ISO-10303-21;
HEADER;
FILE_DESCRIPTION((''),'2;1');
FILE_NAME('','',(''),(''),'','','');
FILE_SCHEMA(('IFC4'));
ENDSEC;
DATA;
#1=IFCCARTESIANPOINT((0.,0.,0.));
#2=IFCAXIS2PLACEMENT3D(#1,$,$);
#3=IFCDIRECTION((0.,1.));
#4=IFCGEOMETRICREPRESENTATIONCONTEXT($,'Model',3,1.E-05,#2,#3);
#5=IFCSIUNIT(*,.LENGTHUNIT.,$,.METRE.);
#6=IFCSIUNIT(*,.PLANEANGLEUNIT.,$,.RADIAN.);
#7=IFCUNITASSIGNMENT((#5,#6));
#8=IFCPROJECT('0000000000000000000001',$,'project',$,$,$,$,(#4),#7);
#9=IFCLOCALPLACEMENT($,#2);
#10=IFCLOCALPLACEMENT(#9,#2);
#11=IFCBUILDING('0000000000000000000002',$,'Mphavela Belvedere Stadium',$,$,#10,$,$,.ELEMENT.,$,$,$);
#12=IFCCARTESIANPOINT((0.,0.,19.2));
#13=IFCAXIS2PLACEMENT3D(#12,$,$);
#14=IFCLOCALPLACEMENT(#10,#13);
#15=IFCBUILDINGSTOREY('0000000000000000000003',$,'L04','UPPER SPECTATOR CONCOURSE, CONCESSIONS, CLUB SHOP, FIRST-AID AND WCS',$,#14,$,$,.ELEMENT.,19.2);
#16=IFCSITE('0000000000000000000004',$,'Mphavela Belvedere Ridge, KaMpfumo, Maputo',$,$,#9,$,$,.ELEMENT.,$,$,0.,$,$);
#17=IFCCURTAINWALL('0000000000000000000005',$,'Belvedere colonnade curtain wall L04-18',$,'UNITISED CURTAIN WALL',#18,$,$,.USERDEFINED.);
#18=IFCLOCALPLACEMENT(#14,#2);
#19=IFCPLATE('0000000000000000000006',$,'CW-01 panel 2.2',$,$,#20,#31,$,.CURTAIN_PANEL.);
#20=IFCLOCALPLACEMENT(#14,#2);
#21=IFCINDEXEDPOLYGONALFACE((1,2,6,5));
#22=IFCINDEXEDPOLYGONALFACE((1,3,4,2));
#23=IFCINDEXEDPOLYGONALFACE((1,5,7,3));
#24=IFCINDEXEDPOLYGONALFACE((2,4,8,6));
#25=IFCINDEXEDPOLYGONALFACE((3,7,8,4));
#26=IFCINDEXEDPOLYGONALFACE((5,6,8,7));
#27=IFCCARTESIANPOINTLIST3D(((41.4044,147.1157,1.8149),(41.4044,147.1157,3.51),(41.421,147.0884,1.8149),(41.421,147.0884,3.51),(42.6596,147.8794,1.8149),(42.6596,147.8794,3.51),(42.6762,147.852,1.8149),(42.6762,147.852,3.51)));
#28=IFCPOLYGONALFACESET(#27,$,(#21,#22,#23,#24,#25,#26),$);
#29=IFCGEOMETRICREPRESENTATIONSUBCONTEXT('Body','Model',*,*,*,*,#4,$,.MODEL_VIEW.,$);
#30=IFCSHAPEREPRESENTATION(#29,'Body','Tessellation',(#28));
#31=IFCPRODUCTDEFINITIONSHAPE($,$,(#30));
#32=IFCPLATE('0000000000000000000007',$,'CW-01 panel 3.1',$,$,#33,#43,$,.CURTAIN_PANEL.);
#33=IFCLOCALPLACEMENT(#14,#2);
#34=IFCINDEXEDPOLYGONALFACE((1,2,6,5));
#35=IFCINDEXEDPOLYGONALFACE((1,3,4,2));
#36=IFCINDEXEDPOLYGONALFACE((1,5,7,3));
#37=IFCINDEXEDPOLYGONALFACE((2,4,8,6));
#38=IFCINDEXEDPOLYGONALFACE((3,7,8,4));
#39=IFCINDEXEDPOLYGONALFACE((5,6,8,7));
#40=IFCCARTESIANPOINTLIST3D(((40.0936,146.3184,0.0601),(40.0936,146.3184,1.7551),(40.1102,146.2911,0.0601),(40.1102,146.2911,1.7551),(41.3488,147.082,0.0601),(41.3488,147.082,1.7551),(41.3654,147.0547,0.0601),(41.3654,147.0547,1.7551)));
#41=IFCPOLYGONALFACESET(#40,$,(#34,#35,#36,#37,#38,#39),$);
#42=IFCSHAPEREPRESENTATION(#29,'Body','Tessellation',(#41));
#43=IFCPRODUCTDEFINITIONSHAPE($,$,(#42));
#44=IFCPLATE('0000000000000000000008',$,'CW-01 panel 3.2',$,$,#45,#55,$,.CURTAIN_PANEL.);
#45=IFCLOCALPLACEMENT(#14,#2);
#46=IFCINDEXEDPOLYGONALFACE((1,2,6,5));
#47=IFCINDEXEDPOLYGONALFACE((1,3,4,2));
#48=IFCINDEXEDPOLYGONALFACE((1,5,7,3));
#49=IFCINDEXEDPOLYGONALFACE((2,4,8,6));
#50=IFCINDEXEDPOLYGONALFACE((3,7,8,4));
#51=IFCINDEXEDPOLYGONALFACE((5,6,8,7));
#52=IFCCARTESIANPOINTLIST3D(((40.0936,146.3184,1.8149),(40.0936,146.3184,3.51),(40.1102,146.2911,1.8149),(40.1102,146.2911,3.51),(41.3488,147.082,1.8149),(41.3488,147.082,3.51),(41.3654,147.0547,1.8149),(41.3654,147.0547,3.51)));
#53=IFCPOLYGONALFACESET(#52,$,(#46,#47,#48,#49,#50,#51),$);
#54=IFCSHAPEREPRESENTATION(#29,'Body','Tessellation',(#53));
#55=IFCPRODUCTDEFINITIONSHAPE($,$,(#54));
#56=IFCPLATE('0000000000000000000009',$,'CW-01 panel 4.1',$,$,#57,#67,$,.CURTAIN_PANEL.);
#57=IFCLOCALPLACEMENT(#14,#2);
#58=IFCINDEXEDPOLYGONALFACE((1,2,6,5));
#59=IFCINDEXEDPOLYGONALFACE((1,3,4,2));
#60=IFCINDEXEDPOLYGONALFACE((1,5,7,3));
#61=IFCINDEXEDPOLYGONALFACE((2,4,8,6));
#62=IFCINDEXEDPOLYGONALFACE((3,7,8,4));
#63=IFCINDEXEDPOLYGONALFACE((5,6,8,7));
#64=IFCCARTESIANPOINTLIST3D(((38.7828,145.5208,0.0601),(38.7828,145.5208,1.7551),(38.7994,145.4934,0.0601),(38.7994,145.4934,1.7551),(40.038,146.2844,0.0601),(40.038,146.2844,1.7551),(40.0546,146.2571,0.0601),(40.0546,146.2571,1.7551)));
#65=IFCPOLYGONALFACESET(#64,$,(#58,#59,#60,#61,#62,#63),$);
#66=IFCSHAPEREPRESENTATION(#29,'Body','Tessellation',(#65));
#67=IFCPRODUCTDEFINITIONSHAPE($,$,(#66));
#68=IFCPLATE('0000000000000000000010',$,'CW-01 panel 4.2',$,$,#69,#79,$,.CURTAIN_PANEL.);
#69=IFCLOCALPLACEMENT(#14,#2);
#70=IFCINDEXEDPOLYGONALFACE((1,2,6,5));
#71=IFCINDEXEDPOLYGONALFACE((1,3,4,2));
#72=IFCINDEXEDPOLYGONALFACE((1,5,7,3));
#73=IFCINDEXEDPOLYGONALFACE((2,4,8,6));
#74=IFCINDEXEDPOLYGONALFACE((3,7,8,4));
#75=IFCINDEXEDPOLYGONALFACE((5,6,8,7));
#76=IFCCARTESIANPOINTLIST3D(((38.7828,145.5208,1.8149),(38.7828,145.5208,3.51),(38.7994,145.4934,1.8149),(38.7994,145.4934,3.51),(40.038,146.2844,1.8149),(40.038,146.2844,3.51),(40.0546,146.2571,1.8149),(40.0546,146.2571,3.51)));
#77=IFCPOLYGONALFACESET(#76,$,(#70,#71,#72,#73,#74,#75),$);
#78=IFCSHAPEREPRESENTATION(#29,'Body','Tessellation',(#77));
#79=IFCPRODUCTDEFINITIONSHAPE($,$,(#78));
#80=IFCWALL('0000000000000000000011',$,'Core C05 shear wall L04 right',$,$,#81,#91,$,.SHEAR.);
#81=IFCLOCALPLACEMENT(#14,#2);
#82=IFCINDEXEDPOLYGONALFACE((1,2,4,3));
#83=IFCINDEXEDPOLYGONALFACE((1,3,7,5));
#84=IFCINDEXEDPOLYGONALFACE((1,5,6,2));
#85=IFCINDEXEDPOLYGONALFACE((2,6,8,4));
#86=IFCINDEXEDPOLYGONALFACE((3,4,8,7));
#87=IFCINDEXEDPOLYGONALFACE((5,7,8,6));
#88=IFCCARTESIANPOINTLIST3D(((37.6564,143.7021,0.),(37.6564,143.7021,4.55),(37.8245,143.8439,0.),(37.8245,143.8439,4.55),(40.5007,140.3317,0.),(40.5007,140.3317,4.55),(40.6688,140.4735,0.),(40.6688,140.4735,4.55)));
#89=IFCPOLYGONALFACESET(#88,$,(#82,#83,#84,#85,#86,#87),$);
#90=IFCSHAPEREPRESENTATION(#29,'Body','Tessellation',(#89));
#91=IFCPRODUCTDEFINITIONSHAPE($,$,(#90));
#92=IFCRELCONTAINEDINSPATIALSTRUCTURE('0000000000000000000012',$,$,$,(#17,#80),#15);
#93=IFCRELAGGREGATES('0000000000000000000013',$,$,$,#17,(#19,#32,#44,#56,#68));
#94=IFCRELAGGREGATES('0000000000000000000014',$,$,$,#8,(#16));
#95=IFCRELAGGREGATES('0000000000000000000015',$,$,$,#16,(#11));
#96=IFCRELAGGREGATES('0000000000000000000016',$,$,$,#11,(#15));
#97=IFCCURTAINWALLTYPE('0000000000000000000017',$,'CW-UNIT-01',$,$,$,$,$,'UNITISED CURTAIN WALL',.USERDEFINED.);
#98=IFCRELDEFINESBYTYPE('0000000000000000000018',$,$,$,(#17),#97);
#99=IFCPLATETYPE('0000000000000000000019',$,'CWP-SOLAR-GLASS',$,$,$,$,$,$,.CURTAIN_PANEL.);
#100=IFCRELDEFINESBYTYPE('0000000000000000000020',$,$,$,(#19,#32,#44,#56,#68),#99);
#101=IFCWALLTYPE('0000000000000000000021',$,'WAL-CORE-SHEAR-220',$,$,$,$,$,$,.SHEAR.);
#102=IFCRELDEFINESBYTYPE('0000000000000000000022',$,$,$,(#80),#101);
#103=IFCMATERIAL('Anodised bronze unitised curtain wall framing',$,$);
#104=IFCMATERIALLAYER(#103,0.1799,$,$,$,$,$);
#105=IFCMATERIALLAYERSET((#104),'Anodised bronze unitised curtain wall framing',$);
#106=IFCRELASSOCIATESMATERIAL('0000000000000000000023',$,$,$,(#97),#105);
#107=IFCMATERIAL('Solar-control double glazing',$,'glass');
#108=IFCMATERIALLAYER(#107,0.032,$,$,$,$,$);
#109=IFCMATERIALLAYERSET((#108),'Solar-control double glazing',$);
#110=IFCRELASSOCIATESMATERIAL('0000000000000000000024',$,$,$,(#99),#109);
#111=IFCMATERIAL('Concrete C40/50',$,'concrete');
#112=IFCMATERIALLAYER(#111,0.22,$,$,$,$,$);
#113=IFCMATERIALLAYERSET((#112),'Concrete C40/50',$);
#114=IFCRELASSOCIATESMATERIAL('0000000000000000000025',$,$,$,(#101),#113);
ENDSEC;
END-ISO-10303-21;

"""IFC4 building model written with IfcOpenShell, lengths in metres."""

from ifc_helpers import new_model, si_unit, direction, frame, frame_2d, origin, origin_2d, place, context, subcontext, project, spatial, rectangle, extrude, material, layer, layer_set, type_object, element, aggregate, save


model = new_model("IFC4")

# Units and contexts
model_context = context("Model", 3, precision=1e-05, world=origin(), true_north=direction((0.0, 1.0)))
body_context = subcontext(model_context, "Body", "Model", "MODEL_VIEW")
ifc_project = project(units=[si_unit("LENGTHUNIT", "METRE"), si_unit("PLANEANGLEUNIT", "RADIAN")], contexts=[model_context])

# Site, building, storey
site_placement = place(None, origin())
site = spatial("IfcSite", under=ifc_project, at=site_placement, Name="Mphavela Belvedere Ridge, KaMpfumo, Maputo", CompositionType="ELEMENT", RefElevation=0.0)
building_placement = place(site_placement, origin())
building = spatial("IfcBuilding", under=site, at=building_placement, Name="Mphavela Belvedere Stadium", CompositionType="ELEMENT")
storey_placement = place(building_placement, frame((0.0, 0.0, 19.2)))
storey = spatial("IfcBuildingStorey", under=building, at=storey_placement, Name="L04", Description="UPPER SPECTATOR CONCOURSE, CONCESSIONS, CLUB SHOP, FIRST-AID AND WCS", CompositionType="ELEMENT", Elevation=19.2)

# Curtain wall, plates
ifc_material_1 = material(Name="Anodised bronze unitised curtain wall framing")
ifc_layer_1 = layer(ifc_material_1, 0.1799)
ifc_layer_set_1 = layer_set([ifc_layer_1], Name="Anodised bronze unitised curtain wall framing")
curtain_wall_type = type_object("IfcCurtainWallType", Name="CW-UNIT-01", ElementType="UNITISED CURTAIN WALL", PredefinedType="USERDEFINED", material=ifc_layer_set_1)
curtain_wall_placement = place(storey_placement, origin())
curtain_wall = element("IfcCurtainWall", 1, at=curtain_wall_placement, inside=storey, type_object=curtain_wall_type, Name="Belvedere colonnade curtain wall L04-18", ObjectType="UNITISED CURTAIN WALL", PredefinedType="USERDEFINED")
ifc_material_2 = material(Name="Solar-control double glazing", Category="glass")
ifc_layer_2 = layer(ifc_material_2, 0.032)
ifc_layer_set_2 = layer_set([ifc_layer_2], Name="Solar-control double glazing")
plate_type = type_object("IfcPlateType", Name="CWP-SOLAR-GLASS", PredefinedType="CURTAIN_PANEL", material=ifc_layer_set_2)
plate_1_placement = place(storey_placement, frame((42.0403, 147.4839, 1.8149), z_axis=(0.0, 0.0, 1.0), x_axis=(-0.854327, -0.519735, 0.0)))
plate_1 = element("IfcPlate", 2, at=plate_1_placement, type_object=plate_type, Name="CW-01 panel 2.2", PredefinedType="CURTAIN_PANEL", context=body_context, shape_type="SweptSolid", body=[
    extrude(rectangle(XDim=1.4692, YDim=0.032, at=origin_2d()), origin(), (0.0, 0.0, 1.0), 1.6951),
])
plate_2_placement = place(storey_placement, frame((40.7295, 146.6865, 0.0601), z_axis=(0.0, 0.0, 1.0), x_axis=(-0.854327, -0.519735, 0.0)))
plate_2 = element("IfcPlate", 3, at=plate_2_placement, type_object=plate_type, Name="CW-01 panel 3.1", PredefinedType="CURTAIN_PANEL", context=body_context, shape_type="SweptSolid", body=[
    extrude(rectangle(XDim=1.4692, YDim=0.032, at=origin_2d()), origin(), (0.0, 0.0, 1.0), 1.6951),
])
plate_3_placement = place(storey_placement, frame((40.7295, 146.6865, 1.8149), z_axis=(0.0, 0.0, 1.0), x_axis=(-0.854327, -0.519735, 0.0)))
plate_3 = element("IfcPlate", 4, at=plate_3_placement, type_object=plate_type, Name="CW-01 panel 3.2", PredefinedType="CURTAIN_PANEL", context=body_context, shape_type="SweptSolid", body=[
    extrude(rectangle(XDim=1.4692, YDim=0.032, at=origin_2d()), origin(), (0.0, 0.0, 1.0), 1.6951),
])
plate_4_placement = place(storey_placement, frame((39.4187, 145.8889, 0.0601), z_axis=(0.0, 0.0, 1.0), x_axis=(-0.854327, -0.519735, 0.0)))
plate_4 = element("IfcPlate", 5, at=plate_4_placement, type_object=plate_type, Name="CW-01 panel 4.1", PredefinedType="CURTAIN_PANEL", context=body_context, shape_type="SweptSolid", body=[
    extrude(rectangle(XDim=1.4692, YDim=0.032, at=origin_2d()), origin(), (0.0, 0.0, 1.0), 1.6951),
])
plate_5_placement = place(storey_placement, frame((39.4187, 145.8889, 1.8149), z_axis=(0.0, 0.0, 1.0), x_axis=(-0.854327, -0.519735, 0.0)))
plate_5 = element("IfcPlate", 6, at=plate_5_placement, type_object=plate_type, Name="CW-01 panel 4.2", PredefinedType="CURTAIN_PANEL", context=body_context, shape_type="SweptSolid", body=[
    extrude(rectangle(XDim=1.4692, YDim=0.032, at=origin_2d()), origin(), (0.0, 0.0, 1.0), 1.6951),
])
aggregate(curtain_wall, [plate_1, plate_2, plate_3, plate_4, plate_5])

# Wall
ifc_material_3 = material(Name="Concrete C40/50", Category="concrete")
ifc_layer_3 = layer(ifc_material_3, 0.22)
ifc_layer_set_3 = layer_set([ifc_layer_3], Name="Concrete C40/50")
wall_type = type_object("IfcWallType", Name="WAL-CORE-SHEAR-220", PredefinedType="SHEAR", material=ifc_layer_set_3)
wall_placement = place(storey_placement, frame((40.5847, 140.4026, 0.0), z_axis=(0.0, 0.0, 1.0), x_axis=(-0.644937, 0.764236, 0.0)))
element("IfcWall", 7, at=wall_placement, inside=storey, type_object=wall_type, Name="Core C05 shear wall L04 right", PredefinedType="SHEAR", context=body_context, shape_type="SweptSolid", body=[
    extrude(rectangle(XDim=4.4102, YDim=0.22, at=frame_2d((2.2051, 0.0))), origin(), (0.0, 0.0, 1.0), 4.55),
])

save(model, "model.ifc")
